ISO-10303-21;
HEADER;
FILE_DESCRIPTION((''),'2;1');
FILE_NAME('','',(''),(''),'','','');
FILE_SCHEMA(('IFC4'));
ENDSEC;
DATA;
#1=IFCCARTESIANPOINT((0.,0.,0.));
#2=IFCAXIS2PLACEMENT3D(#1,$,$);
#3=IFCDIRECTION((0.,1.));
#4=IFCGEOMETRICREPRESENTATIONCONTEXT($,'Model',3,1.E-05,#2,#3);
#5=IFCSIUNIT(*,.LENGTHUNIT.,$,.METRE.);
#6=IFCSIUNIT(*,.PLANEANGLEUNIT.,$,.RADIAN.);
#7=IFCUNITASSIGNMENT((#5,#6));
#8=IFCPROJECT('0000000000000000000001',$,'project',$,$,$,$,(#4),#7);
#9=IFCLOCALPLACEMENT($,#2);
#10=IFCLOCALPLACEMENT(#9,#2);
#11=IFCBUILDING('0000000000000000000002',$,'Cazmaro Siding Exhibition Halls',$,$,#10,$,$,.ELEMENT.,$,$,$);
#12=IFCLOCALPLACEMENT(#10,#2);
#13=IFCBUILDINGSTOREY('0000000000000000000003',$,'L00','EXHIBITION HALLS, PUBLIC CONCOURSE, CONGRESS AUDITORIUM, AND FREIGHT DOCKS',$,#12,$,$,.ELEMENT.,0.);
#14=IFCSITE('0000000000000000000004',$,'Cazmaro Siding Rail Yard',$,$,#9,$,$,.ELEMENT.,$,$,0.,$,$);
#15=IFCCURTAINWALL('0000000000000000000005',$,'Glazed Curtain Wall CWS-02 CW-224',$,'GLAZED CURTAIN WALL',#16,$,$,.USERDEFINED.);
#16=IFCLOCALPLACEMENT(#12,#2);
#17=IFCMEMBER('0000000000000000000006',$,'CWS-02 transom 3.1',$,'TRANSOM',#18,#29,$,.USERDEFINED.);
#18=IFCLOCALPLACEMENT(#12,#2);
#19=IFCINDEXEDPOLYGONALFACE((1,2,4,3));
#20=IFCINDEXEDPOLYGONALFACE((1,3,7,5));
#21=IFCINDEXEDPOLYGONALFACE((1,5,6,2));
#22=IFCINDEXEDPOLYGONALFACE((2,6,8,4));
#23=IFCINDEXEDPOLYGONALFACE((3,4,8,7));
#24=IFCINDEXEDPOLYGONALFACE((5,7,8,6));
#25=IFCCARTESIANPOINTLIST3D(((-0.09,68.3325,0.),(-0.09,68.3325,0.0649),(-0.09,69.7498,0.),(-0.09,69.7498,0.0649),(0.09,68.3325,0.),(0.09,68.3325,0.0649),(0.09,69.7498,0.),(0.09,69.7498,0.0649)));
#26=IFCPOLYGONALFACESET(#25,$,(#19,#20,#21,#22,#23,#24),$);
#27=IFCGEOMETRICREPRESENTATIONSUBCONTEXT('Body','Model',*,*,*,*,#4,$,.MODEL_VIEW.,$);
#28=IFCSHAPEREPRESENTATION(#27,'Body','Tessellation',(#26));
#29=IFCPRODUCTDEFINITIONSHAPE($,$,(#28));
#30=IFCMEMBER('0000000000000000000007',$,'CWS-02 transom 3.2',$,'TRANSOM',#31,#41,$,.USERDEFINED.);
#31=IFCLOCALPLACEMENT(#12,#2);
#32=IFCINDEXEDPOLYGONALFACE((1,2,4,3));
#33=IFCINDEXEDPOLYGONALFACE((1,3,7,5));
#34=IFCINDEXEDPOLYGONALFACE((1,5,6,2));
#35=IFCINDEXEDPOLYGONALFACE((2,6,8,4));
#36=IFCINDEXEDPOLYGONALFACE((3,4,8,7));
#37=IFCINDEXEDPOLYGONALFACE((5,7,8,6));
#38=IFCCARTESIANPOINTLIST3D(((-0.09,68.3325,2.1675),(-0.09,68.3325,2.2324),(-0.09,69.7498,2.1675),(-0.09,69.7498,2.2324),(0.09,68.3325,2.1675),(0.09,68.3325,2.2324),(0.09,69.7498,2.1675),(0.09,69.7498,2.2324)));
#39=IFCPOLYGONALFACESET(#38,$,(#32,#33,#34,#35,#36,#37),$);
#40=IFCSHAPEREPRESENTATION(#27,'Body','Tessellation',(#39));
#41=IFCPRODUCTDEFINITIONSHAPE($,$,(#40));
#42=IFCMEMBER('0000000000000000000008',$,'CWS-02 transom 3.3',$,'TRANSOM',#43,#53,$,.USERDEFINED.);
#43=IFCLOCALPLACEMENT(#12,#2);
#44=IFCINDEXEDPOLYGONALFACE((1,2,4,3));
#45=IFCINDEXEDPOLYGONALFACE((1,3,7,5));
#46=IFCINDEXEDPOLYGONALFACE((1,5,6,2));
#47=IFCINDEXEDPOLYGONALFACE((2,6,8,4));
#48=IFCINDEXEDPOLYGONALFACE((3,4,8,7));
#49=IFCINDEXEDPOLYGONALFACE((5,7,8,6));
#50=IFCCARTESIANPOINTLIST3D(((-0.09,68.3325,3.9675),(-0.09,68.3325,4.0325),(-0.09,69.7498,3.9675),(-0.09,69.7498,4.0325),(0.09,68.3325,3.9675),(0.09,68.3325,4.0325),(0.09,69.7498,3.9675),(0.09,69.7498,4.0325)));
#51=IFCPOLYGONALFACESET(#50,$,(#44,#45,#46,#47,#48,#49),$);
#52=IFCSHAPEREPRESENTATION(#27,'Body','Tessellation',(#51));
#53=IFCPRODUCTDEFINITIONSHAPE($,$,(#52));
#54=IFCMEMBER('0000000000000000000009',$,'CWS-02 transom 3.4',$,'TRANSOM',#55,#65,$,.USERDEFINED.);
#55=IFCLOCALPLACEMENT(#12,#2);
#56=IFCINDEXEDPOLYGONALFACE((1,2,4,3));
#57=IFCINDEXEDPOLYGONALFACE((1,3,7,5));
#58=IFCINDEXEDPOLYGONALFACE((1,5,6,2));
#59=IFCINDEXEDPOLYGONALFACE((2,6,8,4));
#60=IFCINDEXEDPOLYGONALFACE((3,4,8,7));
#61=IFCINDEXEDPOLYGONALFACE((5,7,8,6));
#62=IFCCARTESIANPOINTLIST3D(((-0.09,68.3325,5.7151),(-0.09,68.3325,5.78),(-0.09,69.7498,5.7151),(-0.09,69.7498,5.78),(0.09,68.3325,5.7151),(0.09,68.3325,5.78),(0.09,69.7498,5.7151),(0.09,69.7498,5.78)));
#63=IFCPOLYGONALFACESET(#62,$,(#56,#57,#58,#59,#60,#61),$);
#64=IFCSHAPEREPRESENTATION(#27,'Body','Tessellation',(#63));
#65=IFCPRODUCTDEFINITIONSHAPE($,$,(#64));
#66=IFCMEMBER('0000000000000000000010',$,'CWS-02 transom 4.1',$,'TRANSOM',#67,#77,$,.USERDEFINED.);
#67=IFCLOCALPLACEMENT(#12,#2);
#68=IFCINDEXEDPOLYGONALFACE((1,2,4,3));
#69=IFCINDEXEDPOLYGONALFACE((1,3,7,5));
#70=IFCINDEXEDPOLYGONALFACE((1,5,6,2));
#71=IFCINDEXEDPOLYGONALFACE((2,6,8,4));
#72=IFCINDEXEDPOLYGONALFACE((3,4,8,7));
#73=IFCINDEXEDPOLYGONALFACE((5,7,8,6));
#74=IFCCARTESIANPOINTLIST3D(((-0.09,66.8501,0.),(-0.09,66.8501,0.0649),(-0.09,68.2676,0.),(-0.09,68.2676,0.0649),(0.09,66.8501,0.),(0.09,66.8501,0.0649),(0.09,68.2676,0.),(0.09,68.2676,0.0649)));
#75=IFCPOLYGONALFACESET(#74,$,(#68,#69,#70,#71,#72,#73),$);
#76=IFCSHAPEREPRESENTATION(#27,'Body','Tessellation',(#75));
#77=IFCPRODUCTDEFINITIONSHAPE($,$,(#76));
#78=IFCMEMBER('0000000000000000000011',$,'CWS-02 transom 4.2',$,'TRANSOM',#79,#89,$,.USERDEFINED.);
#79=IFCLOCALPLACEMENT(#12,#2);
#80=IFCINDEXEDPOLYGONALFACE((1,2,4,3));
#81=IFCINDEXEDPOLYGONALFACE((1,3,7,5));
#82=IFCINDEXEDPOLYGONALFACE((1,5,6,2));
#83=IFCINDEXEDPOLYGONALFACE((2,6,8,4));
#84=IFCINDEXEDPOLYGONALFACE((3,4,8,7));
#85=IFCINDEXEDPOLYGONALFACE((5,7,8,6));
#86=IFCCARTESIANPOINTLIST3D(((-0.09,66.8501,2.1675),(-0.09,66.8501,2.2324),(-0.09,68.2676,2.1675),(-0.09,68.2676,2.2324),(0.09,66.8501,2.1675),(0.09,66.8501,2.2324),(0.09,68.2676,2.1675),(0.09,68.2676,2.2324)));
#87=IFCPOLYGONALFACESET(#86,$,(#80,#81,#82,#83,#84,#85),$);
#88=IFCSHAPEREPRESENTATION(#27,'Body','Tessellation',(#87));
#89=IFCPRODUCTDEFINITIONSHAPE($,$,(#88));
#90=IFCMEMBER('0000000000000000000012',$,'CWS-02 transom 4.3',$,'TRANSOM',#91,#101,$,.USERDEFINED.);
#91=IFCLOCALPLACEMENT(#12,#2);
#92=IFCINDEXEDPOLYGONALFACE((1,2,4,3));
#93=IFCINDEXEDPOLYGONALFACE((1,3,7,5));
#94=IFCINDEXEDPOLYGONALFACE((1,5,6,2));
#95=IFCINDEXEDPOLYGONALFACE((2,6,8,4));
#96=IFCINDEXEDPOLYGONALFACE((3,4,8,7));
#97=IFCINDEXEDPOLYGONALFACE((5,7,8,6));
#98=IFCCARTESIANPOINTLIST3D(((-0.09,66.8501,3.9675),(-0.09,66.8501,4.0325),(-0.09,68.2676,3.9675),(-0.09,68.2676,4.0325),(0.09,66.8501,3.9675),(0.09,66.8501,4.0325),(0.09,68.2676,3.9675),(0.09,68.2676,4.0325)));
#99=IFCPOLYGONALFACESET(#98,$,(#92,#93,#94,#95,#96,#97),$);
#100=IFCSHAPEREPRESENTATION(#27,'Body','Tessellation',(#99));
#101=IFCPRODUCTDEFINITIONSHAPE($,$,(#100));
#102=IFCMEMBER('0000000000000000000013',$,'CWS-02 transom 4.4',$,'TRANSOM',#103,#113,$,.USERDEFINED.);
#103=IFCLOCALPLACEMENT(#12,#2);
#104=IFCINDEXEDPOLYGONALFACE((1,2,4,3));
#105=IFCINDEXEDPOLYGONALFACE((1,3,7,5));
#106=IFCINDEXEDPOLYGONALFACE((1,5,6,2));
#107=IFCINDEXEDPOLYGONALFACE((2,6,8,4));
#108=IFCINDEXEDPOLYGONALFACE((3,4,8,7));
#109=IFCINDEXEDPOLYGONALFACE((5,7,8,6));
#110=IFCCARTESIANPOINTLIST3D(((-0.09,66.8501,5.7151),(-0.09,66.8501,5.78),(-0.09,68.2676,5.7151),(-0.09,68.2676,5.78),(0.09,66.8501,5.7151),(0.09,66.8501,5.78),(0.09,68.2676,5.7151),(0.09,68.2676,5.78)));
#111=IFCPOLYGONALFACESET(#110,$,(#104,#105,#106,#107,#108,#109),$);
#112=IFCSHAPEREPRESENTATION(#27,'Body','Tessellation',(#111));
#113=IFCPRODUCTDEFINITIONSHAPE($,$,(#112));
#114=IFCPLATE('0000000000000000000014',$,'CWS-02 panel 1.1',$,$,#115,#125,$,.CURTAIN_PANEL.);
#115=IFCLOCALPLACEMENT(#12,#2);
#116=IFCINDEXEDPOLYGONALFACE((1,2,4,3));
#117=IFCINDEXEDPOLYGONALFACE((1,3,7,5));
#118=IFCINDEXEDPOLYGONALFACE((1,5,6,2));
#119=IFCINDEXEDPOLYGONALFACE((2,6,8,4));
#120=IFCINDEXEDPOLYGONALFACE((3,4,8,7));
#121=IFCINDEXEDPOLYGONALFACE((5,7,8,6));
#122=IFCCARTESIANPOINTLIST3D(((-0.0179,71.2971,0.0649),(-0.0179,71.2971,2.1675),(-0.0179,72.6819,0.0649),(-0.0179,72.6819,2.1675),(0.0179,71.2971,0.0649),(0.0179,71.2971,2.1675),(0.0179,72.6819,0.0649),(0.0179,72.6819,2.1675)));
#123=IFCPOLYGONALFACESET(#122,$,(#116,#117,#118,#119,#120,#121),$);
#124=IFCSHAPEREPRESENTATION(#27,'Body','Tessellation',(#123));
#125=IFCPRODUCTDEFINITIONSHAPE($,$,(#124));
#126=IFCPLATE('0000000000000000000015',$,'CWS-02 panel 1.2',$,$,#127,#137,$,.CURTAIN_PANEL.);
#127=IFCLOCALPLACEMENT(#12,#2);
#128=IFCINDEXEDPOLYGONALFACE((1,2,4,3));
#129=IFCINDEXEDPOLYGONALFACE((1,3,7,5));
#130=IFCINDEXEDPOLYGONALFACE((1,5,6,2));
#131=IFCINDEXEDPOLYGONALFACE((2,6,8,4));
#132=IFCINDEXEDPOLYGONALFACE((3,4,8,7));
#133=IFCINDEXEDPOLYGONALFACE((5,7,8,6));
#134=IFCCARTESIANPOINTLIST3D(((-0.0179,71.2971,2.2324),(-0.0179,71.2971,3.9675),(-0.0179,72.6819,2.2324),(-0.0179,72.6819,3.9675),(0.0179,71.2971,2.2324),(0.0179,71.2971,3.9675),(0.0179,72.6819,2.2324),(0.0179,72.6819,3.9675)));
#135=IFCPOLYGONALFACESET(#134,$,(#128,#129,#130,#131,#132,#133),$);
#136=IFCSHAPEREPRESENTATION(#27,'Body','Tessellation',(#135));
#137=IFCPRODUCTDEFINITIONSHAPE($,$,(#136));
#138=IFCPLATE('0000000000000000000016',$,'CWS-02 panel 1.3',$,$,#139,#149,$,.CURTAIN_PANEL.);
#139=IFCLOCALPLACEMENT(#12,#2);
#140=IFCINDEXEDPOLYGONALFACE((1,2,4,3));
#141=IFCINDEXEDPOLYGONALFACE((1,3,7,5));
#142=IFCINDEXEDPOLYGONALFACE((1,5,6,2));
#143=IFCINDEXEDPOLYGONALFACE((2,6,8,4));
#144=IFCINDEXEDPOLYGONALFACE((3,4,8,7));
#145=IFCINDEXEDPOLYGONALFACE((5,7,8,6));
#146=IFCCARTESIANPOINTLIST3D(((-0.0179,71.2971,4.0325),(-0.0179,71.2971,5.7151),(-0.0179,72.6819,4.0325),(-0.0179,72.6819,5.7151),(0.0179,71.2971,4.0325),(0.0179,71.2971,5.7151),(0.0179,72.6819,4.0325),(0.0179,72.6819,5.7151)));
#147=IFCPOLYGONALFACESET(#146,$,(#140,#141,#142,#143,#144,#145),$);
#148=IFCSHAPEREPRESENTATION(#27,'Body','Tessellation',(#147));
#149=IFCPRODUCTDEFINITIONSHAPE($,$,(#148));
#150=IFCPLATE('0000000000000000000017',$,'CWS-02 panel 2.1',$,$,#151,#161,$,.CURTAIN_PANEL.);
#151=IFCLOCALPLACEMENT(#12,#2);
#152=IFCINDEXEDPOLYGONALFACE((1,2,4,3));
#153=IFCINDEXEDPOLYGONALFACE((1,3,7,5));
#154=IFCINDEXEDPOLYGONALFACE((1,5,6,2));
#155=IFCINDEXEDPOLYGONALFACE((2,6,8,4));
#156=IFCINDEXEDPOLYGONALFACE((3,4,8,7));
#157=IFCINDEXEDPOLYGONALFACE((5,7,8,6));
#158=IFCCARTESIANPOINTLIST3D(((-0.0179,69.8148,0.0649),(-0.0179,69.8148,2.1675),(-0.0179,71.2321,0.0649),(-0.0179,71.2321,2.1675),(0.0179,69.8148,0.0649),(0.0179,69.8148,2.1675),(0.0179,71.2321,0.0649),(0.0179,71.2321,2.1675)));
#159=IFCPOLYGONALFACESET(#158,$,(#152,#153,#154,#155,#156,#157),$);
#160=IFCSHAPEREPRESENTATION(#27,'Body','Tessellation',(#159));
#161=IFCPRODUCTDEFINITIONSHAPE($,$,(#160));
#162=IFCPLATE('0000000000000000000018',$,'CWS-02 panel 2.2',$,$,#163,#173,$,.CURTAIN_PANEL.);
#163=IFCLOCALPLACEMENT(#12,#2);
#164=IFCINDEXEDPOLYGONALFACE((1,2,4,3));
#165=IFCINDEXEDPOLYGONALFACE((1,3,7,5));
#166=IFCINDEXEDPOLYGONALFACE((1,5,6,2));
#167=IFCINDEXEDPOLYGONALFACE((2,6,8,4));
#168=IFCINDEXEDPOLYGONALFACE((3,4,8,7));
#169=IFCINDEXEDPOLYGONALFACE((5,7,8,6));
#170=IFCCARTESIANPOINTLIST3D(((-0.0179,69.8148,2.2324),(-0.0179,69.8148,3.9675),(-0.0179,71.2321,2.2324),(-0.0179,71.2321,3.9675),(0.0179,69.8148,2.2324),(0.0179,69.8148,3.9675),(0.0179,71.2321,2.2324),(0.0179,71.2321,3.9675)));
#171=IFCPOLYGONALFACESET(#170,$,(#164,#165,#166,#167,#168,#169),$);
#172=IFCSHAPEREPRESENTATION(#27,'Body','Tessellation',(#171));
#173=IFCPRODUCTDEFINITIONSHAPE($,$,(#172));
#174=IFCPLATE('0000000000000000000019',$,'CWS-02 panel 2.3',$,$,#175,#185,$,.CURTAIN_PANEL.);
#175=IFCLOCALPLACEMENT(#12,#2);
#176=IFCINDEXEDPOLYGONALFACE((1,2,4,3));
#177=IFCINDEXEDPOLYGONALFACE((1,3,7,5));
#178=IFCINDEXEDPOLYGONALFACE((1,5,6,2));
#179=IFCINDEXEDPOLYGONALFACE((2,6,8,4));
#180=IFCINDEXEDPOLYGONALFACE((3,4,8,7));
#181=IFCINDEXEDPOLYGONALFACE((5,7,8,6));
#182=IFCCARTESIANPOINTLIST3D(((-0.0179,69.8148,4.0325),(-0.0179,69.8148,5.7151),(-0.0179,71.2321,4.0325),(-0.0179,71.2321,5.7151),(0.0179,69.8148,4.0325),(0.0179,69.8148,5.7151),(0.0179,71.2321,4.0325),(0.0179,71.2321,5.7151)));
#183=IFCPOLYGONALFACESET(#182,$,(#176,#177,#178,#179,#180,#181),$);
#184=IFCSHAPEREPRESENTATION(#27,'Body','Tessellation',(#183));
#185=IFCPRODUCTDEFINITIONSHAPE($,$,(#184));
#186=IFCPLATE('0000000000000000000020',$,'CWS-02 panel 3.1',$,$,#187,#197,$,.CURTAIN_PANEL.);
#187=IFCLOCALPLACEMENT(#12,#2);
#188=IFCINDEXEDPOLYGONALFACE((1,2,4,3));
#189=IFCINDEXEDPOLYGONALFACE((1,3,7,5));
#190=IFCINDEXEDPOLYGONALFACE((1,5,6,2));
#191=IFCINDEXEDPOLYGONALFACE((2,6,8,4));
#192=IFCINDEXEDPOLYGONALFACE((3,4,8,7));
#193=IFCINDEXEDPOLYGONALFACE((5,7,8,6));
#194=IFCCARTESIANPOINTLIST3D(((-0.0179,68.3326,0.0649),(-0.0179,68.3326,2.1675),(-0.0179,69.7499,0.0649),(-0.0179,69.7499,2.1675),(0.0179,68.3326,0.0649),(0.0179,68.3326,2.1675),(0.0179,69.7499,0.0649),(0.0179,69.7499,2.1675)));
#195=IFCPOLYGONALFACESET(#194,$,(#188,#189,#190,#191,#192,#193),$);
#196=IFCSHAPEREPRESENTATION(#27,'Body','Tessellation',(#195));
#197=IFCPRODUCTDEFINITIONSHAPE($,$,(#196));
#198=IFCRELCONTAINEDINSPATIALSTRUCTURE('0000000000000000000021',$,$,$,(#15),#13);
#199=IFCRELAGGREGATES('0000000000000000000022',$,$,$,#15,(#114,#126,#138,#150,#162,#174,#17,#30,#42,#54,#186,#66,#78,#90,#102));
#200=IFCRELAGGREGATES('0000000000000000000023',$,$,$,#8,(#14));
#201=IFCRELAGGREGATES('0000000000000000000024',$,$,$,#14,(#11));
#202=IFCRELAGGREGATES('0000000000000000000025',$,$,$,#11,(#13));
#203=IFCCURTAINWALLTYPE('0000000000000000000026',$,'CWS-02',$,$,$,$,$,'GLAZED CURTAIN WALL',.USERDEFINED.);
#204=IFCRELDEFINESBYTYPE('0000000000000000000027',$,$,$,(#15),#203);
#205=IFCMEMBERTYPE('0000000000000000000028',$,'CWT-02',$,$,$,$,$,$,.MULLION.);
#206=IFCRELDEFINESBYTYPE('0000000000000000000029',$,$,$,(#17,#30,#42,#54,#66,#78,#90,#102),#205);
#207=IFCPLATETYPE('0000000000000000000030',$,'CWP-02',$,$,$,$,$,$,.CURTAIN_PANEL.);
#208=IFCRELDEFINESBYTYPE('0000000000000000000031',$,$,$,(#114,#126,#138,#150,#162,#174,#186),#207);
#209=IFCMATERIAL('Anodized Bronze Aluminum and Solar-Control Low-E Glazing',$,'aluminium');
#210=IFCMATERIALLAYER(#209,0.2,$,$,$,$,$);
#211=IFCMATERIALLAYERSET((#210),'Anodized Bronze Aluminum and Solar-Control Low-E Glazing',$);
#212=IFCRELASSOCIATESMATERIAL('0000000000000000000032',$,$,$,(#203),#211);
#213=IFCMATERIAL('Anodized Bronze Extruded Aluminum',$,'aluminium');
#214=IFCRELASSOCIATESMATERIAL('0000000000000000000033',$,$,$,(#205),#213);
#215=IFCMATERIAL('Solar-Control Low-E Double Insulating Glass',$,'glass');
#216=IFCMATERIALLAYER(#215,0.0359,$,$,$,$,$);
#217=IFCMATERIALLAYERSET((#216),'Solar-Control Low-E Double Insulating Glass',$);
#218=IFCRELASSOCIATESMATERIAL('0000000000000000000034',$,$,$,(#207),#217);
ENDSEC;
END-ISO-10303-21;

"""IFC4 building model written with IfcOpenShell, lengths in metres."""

from ifc_helpers import new_model, si_unit, direction, frame, origin, origin_2d, place, context, subcontext, project, spatial, rectangle, extrude, material, layer, layer_set, material_profile, profile_set, type_object, element, aggregate, save


model = new_model("IFC4")

# Units and contexts
model_context = context("Model", 3, precision=1e-05, world=origin(), true_north=direction((0.0, 1.0)))
body_context = subcontext(model_context, "Body", "Model", "MODEL_VIEW")
ifc_project = project(units=[si_unit("LENGTHUNIT", "METRE"), si_unit("PLANEANGLEUNIT", "RADIAN")], contexts=[model_context])

# Site, building, storey
site_placement = place(None, origin())
site = spatial("IfcSite", under=ifc_project, at=site_placement, Name="Cazmaro Siding Rail Yard", CompositionType="ELEMENT", RefElevation=0.0)
building_placement = place(site_placement, origin())
building = spatial("IfcBuilding", under=site, at=building_placement, Name="Cazmaro Siding Exhibition Halls", CompositionType="ELEMENT")
storey_placement = place(building_placement, origin())
storey = spatial("IfcBuildingStorey", under=building, at=storey_placement, Name="L00", Description="EXHIBITION HALLS, PUBLIC CONCOURSE, CONGRESS AUDITORIUM, AND FREIGHT DOCKS", CompositionType="ELEMENT", Elevation=0.0)

# Curtain wall, members, plates
ifc_material_1 = material(Name="Anodized Bronze Aluminum and Solar-Control Low-E Glazing", Category="aluminium")
ifc_layer_1 = layer(ifc_material_1, 0.2)
ifc_layer_set_1 = layer_set([ifc_layer_1], Name="Anodized Bronze Aluminum and Solar-Control Low-E Glazing")
curtain_wall_type = type_object("IfcCurtainWallType", Name="CWS-02", ElementType="GLAZED CURTAIN WALL", PredefinedType="USERDEFINED", material=ifc_layer_set_1)
curtain_wall_placement = place(storey_placement, origin())
curtain_wall = element("IfcCurtainWall", 1, at=curtain_wall_placement, inside=storey, type_object=curtain_wall_type, Name="Glazed Curtain Wall CWS-02 CW-224", ObjectType="GLAZED CURTAIN WALL", PredefinedType="USERDEFINED")
ifc_material_2 = material(Name="Anodized Bronze Extruded Aluminum", Category="aluminium")
ifc_material_profile_1 = material_profile(ifc_material_2, rectangle(XDim=0.1799, YDim=0.0649, at=origin_2d()), Name="CWT-02")
ifc_profile_set_1 = profile_set([ifc_material_profile_1], Name="Anodized Bronze Extruded Aluminum")
member_type_1 = type_object("IfcMemberType", Name="CWT-02", PredefinedType="MULLION", material=ifc_profile_set_1)
member_1_placement = place(storey_placement, frame((0.0, 69.7498, 0.0325), z_axis=(0.0, -1.0, 0.0), x_axis=(1.0, 0.0, 0.0)))
member_1 = element("IfcMember", 2, at=member_1_placement, type_object=member_type_1, Name="CWS-02 transom 3.1", ObjectType="TRANSOM", PredefinedType="USERDEFINED", context=body_context, shape_type="SweptSolid", body=[
    extrude(rectangle(XDim=0.1799, YDim=0.0649, at=origin_2d()), origin(), (0.0, 0.0, 1.0), 1.4172),
])
member_2_placement = place(storey_placement, frame((0.0, 69.7498, 2.2), z_axis=(0.0, -1.0, 0.0), x_axis=(1.0, 0.0, 0.0)))
member_2 = element("IfcMember", 3, at=member_2_placement, type_object=member_type_1, Name="CWS-02 transom 3.2", ObjectType="TRANSOM", PredefinedType="USERDEFINED", context=body_context, shape_type="SweptSolid", body=[
    extrude(rectangle(XDim=0.1799, YDim=0.0649, at=origin_2d()), origin(), (0.0, 0.0, 1.0), 1.4172),
])
member_3_placement = place(storey_placement, frame((0.0, 69.7498, 4.0), z_axis=(0.0, -1.0, 0.0), x_axis=(1.0, 0.0, 0.0)))
member_3 = element("IfcMember", 4, at=member_3_placement, type_object=member_type_1, Name="CWS-02 transom 3.3", ObjectType="TRANSOM", PredefinedType="USERDEFINED", context=body_context, shape_type="SweptSolid", body=[
    extrude(rectangle(XDim=0.1799, YDim=0.0649, at=origin_2d()), origin(), (0.0, 0.0, 1.0), 1.4172),
])
member_4_placement = place(storey_placement, frame((0.0, 69.7498, 5.7476), z_axis=(0.0, -1.0, 0.0), x_axis=(1.0, 0.0, 0.0)))
member_4 = element("IfcMember", 5, at=member_4_placement, type_object=member_type_1, Name="CWS-02 transom 3.4", ObjectType="TRANSOM", PredefinedType="USERDEFINED", context=body_context, shape_type="SweptSolid", body=[
    extrude(rectangle(XDim=0.1799, YDim=0.0649, at=origin_2d()), origin(), (0.0, 0.0, 1.0), 1.4172),
])
member_5_placement = place(storey_placement, frame((0.0, 68.2676, 0.0325), z_axis=(0.0, -1.0, 0.0), x_axis=(1.0, 0.0, 0.0)))
member_5 = element("IfcMember", 6, at=member_5_placement, type_object=member_type_1, Name="CWS-02 transom 4.1", ObjectType="TRANSOM", PredefinedType="USERDEFINED", context=body_context, shape_type="SweptSolid", body=[
    extrude(rectangle(XDim=0.1799, YDim=0.0649, at=origin_2d()), origin(), (0.0, 0.0, 1.0), 1.4175),
])
member_6_placement = place(storey_placement, frame((0.0, 68.2676, 2.2), z_axis=(0.0, -1.0, 0.0), x_axis=(1.0, 0.0, 0.0)))
member_6 = element("IfcMember", 7, at=member_6_placement, type_object=member_type_1, Name="CWS-02 transom 4.2", ObjectType="TRANSOM", PredefinedType="USERDEFINED", context=body_context, shape_type="SweptSolid", body=[
    extrude(rectangle(XDim=0.1799, YDim=0.0649, at=origin_2d()), origin(), (0.0, 0.0, 1.0), 1.4175),
])
member_7_placement = place(storey_placement, frame((0.0, 68.2676, 4.0), z_axis=(0.0, -1.0, 0.0), x_axis=(1.0, 0.0, 0.0)))
member_7 = element("IfcMember", 8, at=member_7_placement, type_object=member_type_1, Name="CWS-02 transom 4.3", ObjectType="TRANSOM", PredefinedType="USERDEFINED", context=body_context, shape_type="SweptSolid", body=[
    extrude(rectangle(XDim=0.1799, YDim=0.0649, at=origin_2d()), origin(), (0.0, 0.0, 1.0), 1.4175),
])
member_8_placement = place(storey_placement, frame((0.0, 68.2676, 5.7476), z_axis=(0.0, -1.0, 0.0), x_axis=(1.0, 0.0, 0.0)))
member_8 = element("IfcMember", 9, at=member_8_placement, type_object=member_type_1, Name="CWS-02 transom 4.4", ObjectType="TRANSOM", PredefinedType="USERDEFINED", context=body_context, shape_type="SweptSolid", body=[
    extrude(rectangle(XDim=0.1799, YDim=0.0649, at=origin_2d()), origin(), (0.0, 0.0, 1.0), 1.4175),
])
ifc_material_3 = material(Name="Solar-Control Low-E Double Insulating Glass", Category="glass")
ifc_layer_2 = layer(ifc_material_3, 0.0359)
ifc_layer_set_2 = layer_set([ifc_layer_2], Name="Solar-Control Low-E Double Insulating Glass")
plate_type = type_object("IfcPlateType", Name="CWP-02", PredefinedType="CURTAIN_PANEL", material=ifc_layer_set_2)
plate_1_placement = place(storey_placement, frame((0.0, 71.9895, 0.0649), z_axis=(0.0, 0.0, 1.0), x_axis=(0.0, -1.0, 0.0)))
plate_1 = element("IfcPlate", 10, at=plate_1_placement, type_object=plate_type, Name="CWS-02 panel 1.1", PredefinedType="CURTAIN_PANEL", context=body_context, shape_type="SweptSolid", body=[
    extrude(rectangle(XDim=1.3848, YDim=0.0359, at=origin_2d()), origin(), (0.0, 0.0, 1.0), 2.1025),
])
plate_2_placement = place(storey_placement, frame((0.0, 71.9895, 2.2324), z_axis=(0.0, 0.0, 1.0), x_axis=(0.0, -1.0, 0.0)))
plate_2 = element("IfcPlate", 11, at=plate_2_placement, type_object=plate_type, Name="CWS-02 panel 1.2", PredefinedType="CURTAIN_PANEL", context=body_context, shape_type="SweptSolid", body=[
    extrude(rectangle(XDim=1.3848, YDim=0.0359, at=origin_2d()), origin(), (0.0, 0.0, 1.0), 1.7351),
])
plate_3_placement = place(storey_placement, frame((0.0, 71.9895, 4.0325), z_axis=(0.0, 0.0, 1.0), x_axis=(0.0, -1.0, 0.0)))
plate_3 = element("IfcPlate", 12, at=plate_3_placement, type_object=plate_type, Name="CWS-02 panel 1.3", PredefinedType="CURTAIN_PANEL", context=body_context, shape_type="SweptSolid", body=[
    extrude(rectangle(XDim=1.3848, YDim=0.0359, at=origin_2d()), origin(), (0.0, 0.0, 1.0), 1.6826),
])
plate_4_placement = place(storey_placement, frame((0.0, 70.5234, 0.0649), z_axis=(0.0, 0.0, 1.0), x_axis=(0.0, -1.0, 0.0)))
plate_4 = element("IfcPlate", 13, at=plate_4_placement, type_object=plate_type, Name="CWS-02 panel 2.1", PredefinedType="CURTAIN_PANEL", context=body_context, shape_type="SweptSolid", body=[
    extrude(rectangle(XDim=1.4172, YDim=0.0359, at=origin_2d()), origin(), (0.0, 0.0, 1.0), 2.1025),
])
plate_5_placement = place(storey_placement, frame((0.0, 70.5234, 2.2324), z_axis=(0.0, 0.0, 1.0), x_axis=(0.0, -1.0, 0.0)))
plate_5 = element("IfcPlate", 14, at=plate_5_placement, type_object=plate_type, Name="CWS-02 panel 2.2", PredefinedType="CURTAIN_PANEL", context=body_context, shape_type="SweptSolid", body=[
    extrude(rectangle(XDim=1.4172, YDim=0.0359, at=origin_2d()), origin(), (0.0, 0.0, 1.0), 1.7351),
])
plate_6_placement = place(storey_placement, frame((0.0, 70.5234, 4.0325), z_axis=(0.0, 0.0, 1.0), x_axis=(0.0, -1.0, 0.0)))
plate_6 = element("IfcPlate", 15, at=plate_6_placement, type_object=plate_type, Name="CWS-02 panel 2.3", PredefinedType="CURTAIN_PANEL", context=body_context, shape_type="SweptSolid", body=[
    extrude(rectangle(XDim=1.4172, YDim=0.0359, at=origin_2d()), origin(), (0.0, 0.0, 1.0), 1.6826),
])
plate_7_placement = place(storey_placement, frame((0.0, 69.0413, 0.0649), z_axis=(0.0, 0.0, 1.0), x_axis=(0.0, -1.0, 0.0)))
plate_7 = element("IfcPlate", 16, at=plate_7_placement, type_object=plate_type, Name="CWS-02 panel 3.1", PredefinedType="CURTAIN_PANEL", context=body_context, shape_type="SweptSolid", body=[
    extrude(rectangle(XDim=1.4172, YDim=0.0359, at=origin_2d()), origin(), (0.0, 0.0, 1.0), 2.1025),
])
aggregate(curtain_wall, [plate_1, plate_2, plate_3, plate_4, plate_5, plate_6, member_1, member_2, member_3, member_4, plate_7, member_5, member_6, member_7, member_8])

save(model, "model.ifc")
